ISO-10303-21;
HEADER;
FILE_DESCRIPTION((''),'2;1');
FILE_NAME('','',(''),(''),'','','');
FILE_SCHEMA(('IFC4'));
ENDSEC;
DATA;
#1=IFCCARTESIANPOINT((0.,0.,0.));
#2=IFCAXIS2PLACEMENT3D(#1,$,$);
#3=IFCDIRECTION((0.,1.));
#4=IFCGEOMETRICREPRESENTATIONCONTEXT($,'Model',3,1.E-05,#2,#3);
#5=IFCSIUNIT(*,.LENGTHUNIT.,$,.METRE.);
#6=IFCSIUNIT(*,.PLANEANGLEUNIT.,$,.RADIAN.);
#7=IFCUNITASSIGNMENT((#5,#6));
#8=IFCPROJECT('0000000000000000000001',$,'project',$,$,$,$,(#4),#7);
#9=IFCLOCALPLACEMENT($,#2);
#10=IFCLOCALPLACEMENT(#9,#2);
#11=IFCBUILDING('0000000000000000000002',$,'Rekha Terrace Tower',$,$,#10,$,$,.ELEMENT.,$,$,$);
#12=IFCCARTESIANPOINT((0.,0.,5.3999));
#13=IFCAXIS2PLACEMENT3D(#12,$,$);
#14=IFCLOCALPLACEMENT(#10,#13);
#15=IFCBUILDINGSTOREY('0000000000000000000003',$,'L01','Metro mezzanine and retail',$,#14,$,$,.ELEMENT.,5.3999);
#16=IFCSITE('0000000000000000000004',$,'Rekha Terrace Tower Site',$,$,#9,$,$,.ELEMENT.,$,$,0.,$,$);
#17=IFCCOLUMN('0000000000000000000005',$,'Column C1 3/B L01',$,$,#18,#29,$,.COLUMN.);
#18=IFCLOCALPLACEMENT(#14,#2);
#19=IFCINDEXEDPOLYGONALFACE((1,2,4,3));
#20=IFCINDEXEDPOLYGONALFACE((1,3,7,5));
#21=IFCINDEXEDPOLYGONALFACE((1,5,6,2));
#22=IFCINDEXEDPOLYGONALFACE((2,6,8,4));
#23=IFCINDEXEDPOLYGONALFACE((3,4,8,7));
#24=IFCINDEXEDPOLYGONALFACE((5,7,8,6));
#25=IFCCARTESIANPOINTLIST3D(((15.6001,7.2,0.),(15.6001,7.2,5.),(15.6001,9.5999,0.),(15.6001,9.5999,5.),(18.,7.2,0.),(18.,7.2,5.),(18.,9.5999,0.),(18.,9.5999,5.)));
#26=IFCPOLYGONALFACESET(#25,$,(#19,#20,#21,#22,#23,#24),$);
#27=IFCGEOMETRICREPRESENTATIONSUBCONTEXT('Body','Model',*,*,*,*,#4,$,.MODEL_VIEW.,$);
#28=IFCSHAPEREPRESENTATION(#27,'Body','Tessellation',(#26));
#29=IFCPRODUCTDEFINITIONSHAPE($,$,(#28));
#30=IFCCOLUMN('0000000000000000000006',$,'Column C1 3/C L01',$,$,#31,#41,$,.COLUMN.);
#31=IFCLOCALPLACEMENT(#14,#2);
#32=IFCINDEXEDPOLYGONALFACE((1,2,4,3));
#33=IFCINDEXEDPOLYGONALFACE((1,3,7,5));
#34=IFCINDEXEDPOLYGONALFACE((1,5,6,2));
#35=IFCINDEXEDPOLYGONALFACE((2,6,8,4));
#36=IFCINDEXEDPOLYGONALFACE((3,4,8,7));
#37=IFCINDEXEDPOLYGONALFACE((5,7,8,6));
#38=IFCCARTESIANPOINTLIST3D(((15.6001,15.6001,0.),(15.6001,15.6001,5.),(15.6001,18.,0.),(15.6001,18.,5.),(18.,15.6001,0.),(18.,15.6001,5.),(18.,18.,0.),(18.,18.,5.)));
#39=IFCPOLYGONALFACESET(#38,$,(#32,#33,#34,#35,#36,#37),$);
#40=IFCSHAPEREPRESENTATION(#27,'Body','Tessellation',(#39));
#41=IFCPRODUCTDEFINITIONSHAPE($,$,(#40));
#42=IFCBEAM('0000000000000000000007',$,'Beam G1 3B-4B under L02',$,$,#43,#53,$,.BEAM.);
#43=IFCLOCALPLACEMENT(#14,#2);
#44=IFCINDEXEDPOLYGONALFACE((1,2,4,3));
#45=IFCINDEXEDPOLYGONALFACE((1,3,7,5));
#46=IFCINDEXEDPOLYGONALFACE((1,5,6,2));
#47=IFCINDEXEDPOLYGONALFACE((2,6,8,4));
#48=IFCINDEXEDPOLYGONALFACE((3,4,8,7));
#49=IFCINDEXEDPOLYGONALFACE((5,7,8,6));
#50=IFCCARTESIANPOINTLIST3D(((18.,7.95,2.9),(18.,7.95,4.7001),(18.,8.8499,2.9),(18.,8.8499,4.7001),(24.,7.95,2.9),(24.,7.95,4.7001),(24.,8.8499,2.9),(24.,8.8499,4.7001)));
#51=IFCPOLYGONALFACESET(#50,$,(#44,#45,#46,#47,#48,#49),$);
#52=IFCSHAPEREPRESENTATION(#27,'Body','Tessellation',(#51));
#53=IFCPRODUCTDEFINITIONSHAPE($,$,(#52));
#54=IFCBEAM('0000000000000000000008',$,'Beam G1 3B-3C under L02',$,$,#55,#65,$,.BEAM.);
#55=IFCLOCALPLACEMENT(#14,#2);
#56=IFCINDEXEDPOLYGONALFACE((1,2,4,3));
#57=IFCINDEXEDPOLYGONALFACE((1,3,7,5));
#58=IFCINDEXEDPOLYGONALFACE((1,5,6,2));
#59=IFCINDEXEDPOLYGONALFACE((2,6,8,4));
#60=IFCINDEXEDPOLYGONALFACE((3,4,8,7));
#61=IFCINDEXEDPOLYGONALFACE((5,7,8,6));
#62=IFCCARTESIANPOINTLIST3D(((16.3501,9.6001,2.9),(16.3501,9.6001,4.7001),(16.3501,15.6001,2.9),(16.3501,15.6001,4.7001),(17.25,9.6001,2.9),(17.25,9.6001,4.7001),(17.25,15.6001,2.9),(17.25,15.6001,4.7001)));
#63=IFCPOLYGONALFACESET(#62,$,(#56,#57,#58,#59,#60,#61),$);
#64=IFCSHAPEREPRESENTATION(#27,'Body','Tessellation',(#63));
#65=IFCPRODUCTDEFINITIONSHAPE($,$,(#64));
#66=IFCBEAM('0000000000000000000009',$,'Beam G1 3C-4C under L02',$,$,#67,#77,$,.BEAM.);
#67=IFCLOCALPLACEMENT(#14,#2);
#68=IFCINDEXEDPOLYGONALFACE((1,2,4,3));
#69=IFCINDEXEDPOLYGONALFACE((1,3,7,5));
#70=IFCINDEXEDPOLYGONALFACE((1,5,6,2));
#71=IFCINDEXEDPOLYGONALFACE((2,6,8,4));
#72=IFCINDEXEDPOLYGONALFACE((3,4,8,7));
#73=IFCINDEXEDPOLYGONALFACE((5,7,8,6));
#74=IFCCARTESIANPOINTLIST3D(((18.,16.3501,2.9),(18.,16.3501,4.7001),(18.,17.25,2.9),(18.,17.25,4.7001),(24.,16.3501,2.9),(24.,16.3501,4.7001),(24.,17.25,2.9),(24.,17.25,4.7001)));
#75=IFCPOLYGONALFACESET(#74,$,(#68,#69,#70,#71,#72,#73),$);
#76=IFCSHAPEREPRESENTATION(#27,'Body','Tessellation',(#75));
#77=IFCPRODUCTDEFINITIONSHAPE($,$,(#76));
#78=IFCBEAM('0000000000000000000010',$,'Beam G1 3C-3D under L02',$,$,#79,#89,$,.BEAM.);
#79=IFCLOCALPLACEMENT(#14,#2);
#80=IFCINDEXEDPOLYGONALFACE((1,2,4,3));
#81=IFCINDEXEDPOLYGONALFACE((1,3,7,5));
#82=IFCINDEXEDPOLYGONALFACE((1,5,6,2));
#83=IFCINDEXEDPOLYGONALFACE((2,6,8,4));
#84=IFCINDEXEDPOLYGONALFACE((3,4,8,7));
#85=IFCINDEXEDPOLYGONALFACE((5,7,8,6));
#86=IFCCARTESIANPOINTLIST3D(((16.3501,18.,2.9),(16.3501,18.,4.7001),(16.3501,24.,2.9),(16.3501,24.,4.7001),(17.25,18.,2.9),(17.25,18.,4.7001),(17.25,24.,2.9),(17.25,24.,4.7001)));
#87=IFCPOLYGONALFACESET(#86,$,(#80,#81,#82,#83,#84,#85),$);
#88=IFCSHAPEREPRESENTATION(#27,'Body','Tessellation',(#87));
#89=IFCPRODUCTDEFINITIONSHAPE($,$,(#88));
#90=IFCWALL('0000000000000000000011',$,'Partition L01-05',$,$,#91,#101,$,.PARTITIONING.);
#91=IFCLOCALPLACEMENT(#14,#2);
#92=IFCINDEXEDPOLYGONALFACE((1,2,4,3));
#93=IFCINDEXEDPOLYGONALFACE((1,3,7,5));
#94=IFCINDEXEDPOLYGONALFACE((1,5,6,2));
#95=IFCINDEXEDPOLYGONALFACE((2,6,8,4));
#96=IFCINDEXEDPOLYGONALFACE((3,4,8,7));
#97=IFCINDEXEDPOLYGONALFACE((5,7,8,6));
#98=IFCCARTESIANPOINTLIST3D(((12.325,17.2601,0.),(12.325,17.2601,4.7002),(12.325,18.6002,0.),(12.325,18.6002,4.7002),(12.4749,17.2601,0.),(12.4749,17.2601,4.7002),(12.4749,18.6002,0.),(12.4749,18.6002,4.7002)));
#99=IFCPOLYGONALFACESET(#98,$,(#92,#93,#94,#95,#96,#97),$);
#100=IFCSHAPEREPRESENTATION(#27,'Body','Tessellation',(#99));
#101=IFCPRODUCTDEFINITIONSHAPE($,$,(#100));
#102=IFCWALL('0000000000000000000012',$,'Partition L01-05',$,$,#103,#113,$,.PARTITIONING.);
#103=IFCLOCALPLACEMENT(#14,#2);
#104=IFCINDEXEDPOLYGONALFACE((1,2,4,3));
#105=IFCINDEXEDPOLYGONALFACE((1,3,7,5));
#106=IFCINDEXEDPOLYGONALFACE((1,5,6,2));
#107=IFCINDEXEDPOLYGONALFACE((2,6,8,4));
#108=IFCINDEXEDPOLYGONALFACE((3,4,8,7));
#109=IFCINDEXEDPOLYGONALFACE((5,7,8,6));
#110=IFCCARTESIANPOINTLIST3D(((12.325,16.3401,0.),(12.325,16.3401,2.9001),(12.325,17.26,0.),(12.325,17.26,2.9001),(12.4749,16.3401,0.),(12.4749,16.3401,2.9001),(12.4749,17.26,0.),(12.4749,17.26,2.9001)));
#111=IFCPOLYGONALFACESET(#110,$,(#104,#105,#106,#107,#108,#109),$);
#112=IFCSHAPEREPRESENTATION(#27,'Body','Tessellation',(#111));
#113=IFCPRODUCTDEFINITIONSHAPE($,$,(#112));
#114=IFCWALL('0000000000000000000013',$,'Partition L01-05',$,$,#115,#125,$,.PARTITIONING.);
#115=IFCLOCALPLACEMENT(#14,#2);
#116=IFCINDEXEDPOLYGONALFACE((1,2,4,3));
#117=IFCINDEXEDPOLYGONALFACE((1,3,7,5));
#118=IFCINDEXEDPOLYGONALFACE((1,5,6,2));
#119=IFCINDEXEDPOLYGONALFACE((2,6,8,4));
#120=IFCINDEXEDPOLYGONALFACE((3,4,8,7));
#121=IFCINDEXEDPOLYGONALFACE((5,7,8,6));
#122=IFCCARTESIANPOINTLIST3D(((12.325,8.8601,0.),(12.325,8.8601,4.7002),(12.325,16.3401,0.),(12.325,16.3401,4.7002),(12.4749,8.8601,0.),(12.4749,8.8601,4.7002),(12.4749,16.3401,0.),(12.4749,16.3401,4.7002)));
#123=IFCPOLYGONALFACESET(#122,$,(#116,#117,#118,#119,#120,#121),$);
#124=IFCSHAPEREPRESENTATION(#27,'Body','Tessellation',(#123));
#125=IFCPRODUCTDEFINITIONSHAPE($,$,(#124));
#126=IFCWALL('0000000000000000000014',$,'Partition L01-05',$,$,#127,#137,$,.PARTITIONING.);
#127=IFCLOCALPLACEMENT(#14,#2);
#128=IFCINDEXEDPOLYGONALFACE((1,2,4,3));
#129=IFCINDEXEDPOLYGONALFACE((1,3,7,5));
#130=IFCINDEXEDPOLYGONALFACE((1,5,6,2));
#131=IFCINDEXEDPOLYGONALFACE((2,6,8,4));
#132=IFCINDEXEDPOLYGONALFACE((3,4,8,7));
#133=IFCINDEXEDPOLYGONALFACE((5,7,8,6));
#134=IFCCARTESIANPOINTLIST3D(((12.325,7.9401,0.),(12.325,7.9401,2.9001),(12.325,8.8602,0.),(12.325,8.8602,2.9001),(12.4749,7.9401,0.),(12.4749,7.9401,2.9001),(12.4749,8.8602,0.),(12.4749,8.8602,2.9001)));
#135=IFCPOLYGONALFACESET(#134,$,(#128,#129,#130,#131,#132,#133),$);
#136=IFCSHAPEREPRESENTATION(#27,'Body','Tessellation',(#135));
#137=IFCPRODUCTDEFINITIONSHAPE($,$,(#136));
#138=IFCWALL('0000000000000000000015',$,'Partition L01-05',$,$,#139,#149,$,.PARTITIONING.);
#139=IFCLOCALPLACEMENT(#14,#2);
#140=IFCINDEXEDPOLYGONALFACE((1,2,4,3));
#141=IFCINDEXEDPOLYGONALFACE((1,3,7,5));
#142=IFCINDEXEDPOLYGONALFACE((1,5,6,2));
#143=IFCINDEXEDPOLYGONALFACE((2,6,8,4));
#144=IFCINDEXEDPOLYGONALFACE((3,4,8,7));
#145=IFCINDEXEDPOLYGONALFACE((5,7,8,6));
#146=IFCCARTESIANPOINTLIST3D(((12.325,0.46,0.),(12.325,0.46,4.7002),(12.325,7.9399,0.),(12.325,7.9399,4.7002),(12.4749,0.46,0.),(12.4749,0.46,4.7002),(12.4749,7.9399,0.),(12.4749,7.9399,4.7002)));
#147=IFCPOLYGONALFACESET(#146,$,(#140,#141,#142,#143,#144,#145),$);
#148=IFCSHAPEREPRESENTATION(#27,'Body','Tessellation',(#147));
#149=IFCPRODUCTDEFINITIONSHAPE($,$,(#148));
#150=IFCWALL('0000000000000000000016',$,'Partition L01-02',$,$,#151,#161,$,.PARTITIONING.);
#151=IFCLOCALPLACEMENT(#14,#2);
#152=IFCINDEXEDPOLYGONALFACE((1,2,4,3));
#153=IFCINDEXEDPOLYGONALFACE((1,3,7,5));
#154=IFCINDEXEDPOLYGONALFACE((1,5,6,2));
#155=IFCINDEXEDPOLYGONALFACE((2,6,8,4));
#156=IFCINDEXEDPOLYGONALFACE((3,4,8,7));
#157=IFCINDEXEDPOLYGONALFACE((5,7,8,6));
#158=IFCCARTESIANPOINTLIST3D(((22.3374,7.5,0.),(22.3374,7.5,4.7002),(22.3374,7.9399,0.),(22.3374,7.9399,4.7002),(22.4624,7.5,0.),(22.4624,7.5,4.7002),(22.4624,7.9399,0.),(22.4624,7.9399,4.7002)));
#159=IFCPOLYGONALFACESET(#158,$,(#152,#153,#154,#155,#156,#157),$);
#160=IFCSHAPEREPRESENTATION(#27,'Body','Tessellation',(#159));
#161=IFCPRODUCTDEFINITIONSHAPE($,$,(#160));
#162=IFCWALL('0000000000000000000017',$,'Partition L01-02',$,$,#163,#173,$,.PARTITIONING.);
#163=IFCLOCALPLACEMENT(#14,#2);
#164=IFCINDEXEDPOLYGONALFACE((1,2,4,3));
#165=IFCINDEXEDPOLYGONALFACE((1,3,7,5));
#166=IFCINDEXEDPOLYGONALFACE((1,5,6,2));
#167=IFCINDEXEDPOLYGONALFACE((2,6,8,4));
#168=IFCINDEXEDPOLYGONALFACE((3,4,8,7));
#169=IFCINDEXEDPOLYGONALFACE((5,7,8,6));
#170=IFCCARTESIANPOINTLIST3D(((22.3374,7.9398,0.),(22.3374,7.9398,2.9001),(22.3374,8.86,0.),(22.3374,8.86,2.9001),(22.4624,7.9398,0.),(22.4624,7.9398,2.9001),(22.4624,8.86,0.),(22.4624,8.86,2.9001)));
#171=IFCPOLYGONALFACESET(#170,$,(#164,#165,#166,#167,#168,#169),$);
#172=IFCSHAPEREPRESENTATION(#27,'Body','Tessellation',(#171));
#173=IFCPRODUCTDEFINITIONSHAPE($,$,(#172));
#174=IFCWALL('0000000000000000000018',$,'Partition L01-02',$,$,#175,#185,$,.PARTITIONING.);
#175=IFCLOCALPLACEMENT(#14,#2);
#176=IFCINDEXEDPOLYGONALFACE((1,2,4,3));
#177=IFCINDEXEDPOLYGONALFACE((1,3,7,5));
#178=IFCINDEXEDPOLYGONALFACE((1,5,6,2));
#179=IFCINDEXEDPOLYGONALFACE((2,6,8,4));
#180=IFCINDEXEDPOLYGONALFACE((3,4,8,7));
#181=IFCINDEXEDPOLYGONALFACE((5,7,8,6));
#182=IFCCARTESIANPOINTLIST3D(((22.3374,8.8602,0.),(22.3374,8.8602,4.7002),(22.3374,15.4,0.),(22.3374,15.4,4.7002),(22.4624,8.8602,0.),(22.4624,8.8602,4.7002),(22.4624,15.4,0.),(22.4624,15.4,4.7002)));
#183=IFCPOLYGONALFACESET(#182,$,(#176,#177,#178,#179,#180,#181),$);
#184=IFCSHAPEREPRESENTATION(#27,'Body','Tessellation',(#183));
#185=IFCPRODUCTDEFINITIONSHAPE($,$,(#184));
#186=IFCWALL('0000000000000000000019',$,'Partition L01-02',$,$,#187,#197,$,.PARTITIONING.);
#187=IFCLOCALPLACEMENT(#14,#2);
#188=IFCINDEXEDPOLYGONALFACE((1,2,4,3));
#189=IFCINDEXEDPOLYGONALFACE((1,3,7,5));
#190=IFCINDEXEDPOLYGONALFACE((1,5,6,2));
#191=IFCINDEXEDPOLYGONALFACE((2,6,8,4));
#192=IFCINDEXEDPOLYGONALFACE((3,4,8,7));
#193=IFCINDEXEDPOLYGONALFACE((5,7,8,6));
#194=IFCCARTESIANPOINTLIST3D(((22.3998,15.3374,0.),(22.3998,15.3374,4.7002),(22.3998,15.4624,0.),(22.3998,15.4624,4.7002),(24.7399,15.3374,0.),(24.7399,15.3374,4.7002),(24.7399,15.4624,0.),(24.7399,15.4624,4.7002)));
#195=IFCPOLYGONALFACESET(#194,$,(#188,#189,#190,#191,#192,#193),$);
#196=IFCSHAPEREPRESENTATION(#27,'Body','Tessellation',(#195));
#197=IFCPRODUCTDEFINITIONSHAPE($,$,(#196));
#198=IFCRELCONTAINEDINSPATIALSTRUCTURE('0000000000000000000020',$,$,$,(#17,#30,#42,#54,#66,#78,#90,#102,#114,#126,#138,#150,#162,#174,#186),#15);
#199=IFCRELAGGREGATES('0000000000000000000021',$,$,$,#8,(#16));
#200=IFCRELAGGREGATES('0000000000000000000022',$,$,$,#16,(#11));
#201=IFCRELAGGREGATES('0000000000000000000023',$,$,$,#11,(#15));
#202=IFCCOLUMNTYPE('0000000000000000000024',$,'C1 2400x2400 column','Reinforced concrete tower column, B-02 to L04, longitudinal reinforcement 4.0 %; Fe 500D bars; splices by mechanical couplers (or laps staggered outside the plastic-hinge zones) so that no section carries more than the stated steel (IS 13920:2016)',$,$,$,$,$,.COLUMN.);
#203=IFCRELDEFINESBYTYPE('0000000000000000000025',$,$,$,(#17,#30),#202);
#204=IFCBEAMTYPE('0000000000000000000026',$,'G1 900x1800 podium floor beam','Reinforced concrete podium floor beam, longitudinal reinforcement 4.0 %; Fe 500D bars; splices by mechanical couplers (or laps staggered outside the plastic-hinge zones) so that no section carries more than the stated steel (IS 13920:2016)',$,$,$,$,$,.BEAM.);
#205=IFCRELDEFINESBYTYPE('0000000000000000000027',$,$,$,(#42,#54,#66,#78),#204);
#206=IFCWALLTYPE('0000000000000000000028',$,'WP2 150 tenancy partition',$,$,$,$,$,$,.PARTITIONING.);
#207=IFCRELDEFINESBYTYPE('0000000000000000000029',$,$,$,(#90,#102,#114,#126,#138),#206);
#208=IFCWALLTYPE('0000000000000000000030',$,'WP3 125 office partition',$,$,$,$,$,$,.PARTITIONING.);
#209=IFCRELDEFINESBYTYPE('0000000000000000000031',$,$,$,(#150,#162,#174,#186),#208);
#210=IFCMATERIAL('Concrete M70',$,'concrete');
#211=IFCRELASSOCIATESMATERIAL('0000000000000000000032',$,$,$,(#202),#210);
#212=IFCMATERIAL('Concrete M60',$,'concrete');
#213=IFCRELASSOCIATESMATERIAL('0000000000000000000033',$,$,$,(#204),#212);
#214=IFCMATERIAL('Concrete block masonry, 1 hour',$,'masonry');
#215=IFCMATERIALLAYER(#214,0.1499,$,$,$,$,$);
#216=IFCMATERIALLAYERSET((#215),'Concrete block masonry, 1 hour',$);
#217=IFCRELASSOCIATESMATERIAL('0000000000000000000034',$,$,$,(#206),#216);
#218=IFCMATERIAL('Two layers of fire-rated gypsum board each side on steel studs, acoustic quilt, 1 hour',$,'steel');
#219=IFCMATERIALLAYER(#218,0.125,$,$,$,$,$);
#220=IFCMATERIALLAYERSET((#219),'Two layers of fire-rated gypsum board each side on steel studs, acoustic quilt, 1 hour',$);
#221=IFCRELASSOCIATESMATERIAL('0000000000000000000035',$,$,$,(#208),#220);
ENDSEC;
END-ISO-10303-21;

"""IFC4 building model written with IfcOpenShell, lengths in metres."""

from ifc_helpers import new_model, si_unit, direction, frame, frame_2d, origin, origin_2d, place, context, subcontext, project, spatial, rectangle, extrude, material, layer, layer_set, material_profile, profile_set, type_object, element, save


model = new_model("IFC4")

# Units and contexts
model_context = context("Model", 3, precision=1e-05, world=origin(), true_north=direction((0.0, 1.0)))
body_context = subcontext(model_context, "Body", "Model", "MODEL_VIEW")
ifc_project = project(units=[si_unit("LENGTHUNIT", "METRE"), si_unit("PLANEANGLEUNIT", "RADIAN")], contexts=[model_context])

# Site, building, storey
site_placement = place(None, origin())
site = spatial("IfcSite", under=ifc_project, at=site_placement, Name="Rekha Terrace Tower Site", CompositionType="ELEMENT", RefElevation=0.0)
building_placement = place(site_placement, origin())
building = spatial("IfcBuilding", under=site, at=building_placement, Name="Rekha Terrace Tower", CompositionType="ELEMENT")
storey_placement = place(building_placement, frame((0.0, 0.0, 5.3999)))
storey = spatial("IfcBuildingStorey", under=building, at=storey_placement, Name="L01", Description="Metro mezzanine and retail", CompositionType="ELEMENT", Elevation=5.3999)

# Columns
ifc_material_1 = material(Name="Concrete M70", Category="concrete")
ifc_material_profile_1 = material_profile(ifc_material_1, rectangle(XDim=2.3999, YDim=2.3999, at=origin_2d()), Name="RC 2400x2400")
ifc_profile_set_1 = profile_set([ifc_material_profile_1], Name="Concrete M70")
column_type = type_object("IfcColumnType", Name="C1 2400x2400 column", Description="Reinforced concrete tower column, B-02 to L04, longitudinal reinforcement 4.0 %; Fe 500D bars; splices by mechanical couplers (or laps staggered outside the plastic-hinge zones) so that no section carries more than the stated steel (IS 13920:2016)", PredefinedType="COLUMN", material=ifc_profile_set_1)
for number, where, z_axis, x_axis, name in (
    (1, (16.8, 8.3999, 0.0), (0.0, 0.0, 1.0), (1.0, 0.0, 0.0), "Column C1 3/B L01"),
    (2, (16.8, 16.8, 0.0), (0.0, 0.0, 1.0), (1.0, 0.0, 0.0), "Column C1 3/C L01"),
):
    element("IfcColumn", number, at=place(storey_placement, frame(where, z_axis=z_axis, x_axis=x_axis)), inside=storey, type_object=column_type, Name=name, PredefinedType="COLUMN", context=body_context, shape_type="SweptSolid", body=[
        extrude(rectangle(XDim=2.3999, YDim=2.3999, at=origin_2d()), origin(), (0.0, 0.0, 1.0), 5.0),
    ])

# Beams
ifc_material_2 = material(Name="Concrete M60", Category="concrete")
ifc_material_profile_2 = material_profile(ifc_material_2, rectangle(XDim=0.8999, YDim=1.8, at=origin_2d()), Name="RC 900x1800")
ifc_profile_set_2 = profile_set([ifc_material_profile_2], Name="Concrete M60")
beam_type = type_object("IfcBeamType", Name="G1 900x1800 podium floor beam", Description="Reinforced concrete podium floor beam, longitudinal reinforcement 4.0 %; Fe 500D bars; splices by mechanical couplers (or laps staggered outside the plastic-hinge zones) so that no section carries more than the stated steel (IS 13920:2016)", PredefinedType="BEAM", material=ifc_profile_set_2)
for number, where, z_axis, x_axis, name in (
    (3, (18.0, 8.3999, 3.8), (1.0, 0.0, 0.0), (0.0, 1.0, 0.0), "Beam G1 3B-4B under L02"),
    (4, (16.8, 9.6001, 3.8), (0.0, 1.0, 0.0), (-1.0, 0.0, 0.0), "Beam G1 3B-3C under L02"),
    (5, (18.0, 16.8, 3.8), (1.0, 0.0, 0.0), (0.0, 1.0, 0.0), "Beam G1 3C-4C under L02"),
    (6, (16.8, 18.0, 3.8), (0.0, 1.0, 0.0), (-1.0, 0.0, 0.0), "Beam G1 3C-3D under L02"),
):
    element("IfcBeam", number, at=place(storey_placement, frame(where, z_axis=z_axis, x_axis=x_axis)), inside=storey, type_object=beam_type, Name=name, PredefinedType="BEAM", context=body_context, shape_type="SweptSolid", body=[
        extrude(rectangle(XDim=0.8999, YDim=1.8, at=origin_2d()), origin(), (0.0, 0.0, 1.0), 6.0),
    ])

# Walls
ifc_material_3 = material(Name="Concrete block masonry, 1 hour", Category="masonry")
ifc_layer_1 = layer(ifc_material_3, 0.1499)
ifc_layer_set_1 = layer_set([ifc_layer_1], Name="Concrete block masonry, 1 hour")
wall_type_1 = type_object("IfcWallType", Name="WP2 150 tenancy partition", PredefinedType="PARTITIONING", material=ifc_layer_set_1)
wall_1_placement = place(storey_placement, frame((12.3999, 18.6001, 0.0), z_axis=(0.0, 0.0, 1.0), x_axis=(0.0, -1.0, 0.0)))
element("IfcWall", 7, at=wall_1_placement, inside=storey, type_object=wall_type_1, Name="Partition L01-05", PredefinedType="PARTITIONING", context=body_context, shape_type="SweptSolid", body=[
    extrude(rectangle(XDim=1.3401, YDim=0.1499, at=frame_2d((0.6699, 0.0))), origin(), (0.0, 0.0, 1.0), 4.7002),
])
wall_2_placement = place(storey_placement, frame((12.3999, 17.26, 0.0), z_axis=(0.0, 0.0, 1.0), x_axis=(0.0, -1.0, 0.0)))
element("IfcWall", 8, at=wall_2_placement, inside=storey, type_object=wall_type_1, Name="Partition L01-05", PredefinedType="PARTITIONING", context=body_context, shape_type="SweptSolid", body=[
    extrude(rectangle(XDim=0.9199, YDim=0.1499, at=frame_2d((0.46, 0.0))), origin(), (0.0, 0.0, 1.0), 2.9001),
])
wall_3_placement = place(storey_placement, frame((12.3999, 16.3401, 0.0), z_axis=(0.0, 0.0, 1.0), x_axis=(0.0, -1.0, 0.0)))
element("IfcWall", 9, at=wall_3_placement, inside=storey, type_object=wall_type_1, Name="Partition L01-05", PredefinedType="PARTITIONING", context=body_context, shape_type="SweptSolid", body=[
    extrude(rectangle(XDim=7.48, YDim=0.1499, at=frame_2d((3.74, 0.0))), origin(), (0.0, 0.0, 1.0), 4.7002),
])
wall_4_placement = place(storey_placement, frame((12.3999, 8.8601, 0.0), z_axis=(0.0, 0.0, 1.0), x_axis=(0.0, -1.0, 0.0)))
element("IfcWall", 10, at=wall_4_placement, inside=storey, type_object=wall_type_1, Name="Partition L01-05", PredefinedType="PARTITIONING", context=body_context, shape_type="SweptSolid", body=[
    extrude(rectangle(XDim=0.9202, YDim=0.1499, at=frame_2d((0.46, 0.0))), origin(), (0.0, 0.0, 1.0), 2.9001),
])
wall_5_placement = place(storey_placement, frame((12.3999, 7.9399, 0.0), z_axis=(0.0, 0.0, 1.0), x_axis=(0.0, -1.0, 0.0)))
element("IfcWall", 11, at=wall_5_placement, inside=storey, type_object=wall_type_1, Name="Partition L01-05", PredefinedType="PARTITIONING", context=body_context, shape_type="SweptSolid", body=[
    extrude(rectangle(XDim=7.48, YDim=0.1499, at=frame_2d((3.74, 0.0))), origin(), (0.0, 0.0, 1.0), 4.7002),
])
ifc_material_4 = material(Name="Two layers of fire-rated gypsum board each side on steel studs, acoustic quilt, 1 hour", Category="steel")
ifc_layer_2 = layer(ifc_material_4, 0.125)
ifc_layer_set_2 = layer_set([ifc_layer_2], Name="Two layers of fire-rated gypsum board each side on steel studs, acoustic quilt, 1 hour")
wall_type_2 = type_object("IfcWallType", Name="WP3 125 office partition", PredefinedType="PARTITIONING", material=ifc_layer_set_2)
wall_6_placement = place(storey_placement, frame((22.3999, 7.5, 0.0), z_axis=(0.0, 0.0, 1.0), x_axis=(0.0, 1.0, 0.0)))
element("IfcWall", 12, at=wall_6_placement, inside=storey, type_object=wall_type_2, Name="Partition L01-02", PredefinedType="PARTITIONING", context=body_context, shape_type="SweptSolid", body=[
    extrude(rectangle(XDim=0.4399, YDim=0.125, at=frame_2d((0.22, 0.0))), origin(), (0.0, 0.0, 1.0), 4.7002),
])
wall_7_placement = place(storey_placement, frame((22.3999, 7.9399, 0.0), z_axis=(0.0, 0.0, 1.0), x_axis=(0.0, 1.0, 0.0)))
element("IfcWall", 13, at=wall_7_placement, inside=storey, type_object=wall_type_2, Name="Partition L01-02", PredefinedType="PARTITIONING", context=body_context, shape_type="SweptSolid", body=[
    extrude(rectangle(XDim=0.9202, YDim=0.125, at=frame_2d((0.46, 0.0))), origin(), (0.0, 0.0, 1.0), 2.9001),
])
wall_8_placement = place(storey_placement, frame((22.3999, 8.8601, 0.0), z_axis=(0.0, 0.0, 1.0), x_axis=(0.0, 1.0, 0.0)))
element("IfcWall", 14, at=wall_8_placement, inside=storey, type_object=wall_type_2, Name="Partition L01-02", PredefinedType="PARTITIONING", context=body_context, shape_type="SweptSolid", body=[
    extrude(rectangle(XDim=6.5398, YDim=0.125, at=frame_2d((3.27, 0.0))), origin(), (0.0, 0.0, 1.0), 4.7002),
])
wall_9_placement = place(storey_placement, frame((22.3999, 15.3999, 0.0), z_axis=(0.0, 0.0, 1.0), x_axis=(1.0, 0.0, 0.0)))
element("IfcWall", 15, at=wall_9_placement, inside=storey, type_object=wall_type_2, Name="Partition L01-02", PredefinedType="PARTITIONING", context=body_context, shape_type="SweptSolid", body=[
    extrude(rectangle(XDim=2.3401, YDim=0.125, at=frame_2d((1.1699, 0.0))), origin(), (0.0, 0.0, 1.0), 4.7002),
])

save(model, "model.ifc")
